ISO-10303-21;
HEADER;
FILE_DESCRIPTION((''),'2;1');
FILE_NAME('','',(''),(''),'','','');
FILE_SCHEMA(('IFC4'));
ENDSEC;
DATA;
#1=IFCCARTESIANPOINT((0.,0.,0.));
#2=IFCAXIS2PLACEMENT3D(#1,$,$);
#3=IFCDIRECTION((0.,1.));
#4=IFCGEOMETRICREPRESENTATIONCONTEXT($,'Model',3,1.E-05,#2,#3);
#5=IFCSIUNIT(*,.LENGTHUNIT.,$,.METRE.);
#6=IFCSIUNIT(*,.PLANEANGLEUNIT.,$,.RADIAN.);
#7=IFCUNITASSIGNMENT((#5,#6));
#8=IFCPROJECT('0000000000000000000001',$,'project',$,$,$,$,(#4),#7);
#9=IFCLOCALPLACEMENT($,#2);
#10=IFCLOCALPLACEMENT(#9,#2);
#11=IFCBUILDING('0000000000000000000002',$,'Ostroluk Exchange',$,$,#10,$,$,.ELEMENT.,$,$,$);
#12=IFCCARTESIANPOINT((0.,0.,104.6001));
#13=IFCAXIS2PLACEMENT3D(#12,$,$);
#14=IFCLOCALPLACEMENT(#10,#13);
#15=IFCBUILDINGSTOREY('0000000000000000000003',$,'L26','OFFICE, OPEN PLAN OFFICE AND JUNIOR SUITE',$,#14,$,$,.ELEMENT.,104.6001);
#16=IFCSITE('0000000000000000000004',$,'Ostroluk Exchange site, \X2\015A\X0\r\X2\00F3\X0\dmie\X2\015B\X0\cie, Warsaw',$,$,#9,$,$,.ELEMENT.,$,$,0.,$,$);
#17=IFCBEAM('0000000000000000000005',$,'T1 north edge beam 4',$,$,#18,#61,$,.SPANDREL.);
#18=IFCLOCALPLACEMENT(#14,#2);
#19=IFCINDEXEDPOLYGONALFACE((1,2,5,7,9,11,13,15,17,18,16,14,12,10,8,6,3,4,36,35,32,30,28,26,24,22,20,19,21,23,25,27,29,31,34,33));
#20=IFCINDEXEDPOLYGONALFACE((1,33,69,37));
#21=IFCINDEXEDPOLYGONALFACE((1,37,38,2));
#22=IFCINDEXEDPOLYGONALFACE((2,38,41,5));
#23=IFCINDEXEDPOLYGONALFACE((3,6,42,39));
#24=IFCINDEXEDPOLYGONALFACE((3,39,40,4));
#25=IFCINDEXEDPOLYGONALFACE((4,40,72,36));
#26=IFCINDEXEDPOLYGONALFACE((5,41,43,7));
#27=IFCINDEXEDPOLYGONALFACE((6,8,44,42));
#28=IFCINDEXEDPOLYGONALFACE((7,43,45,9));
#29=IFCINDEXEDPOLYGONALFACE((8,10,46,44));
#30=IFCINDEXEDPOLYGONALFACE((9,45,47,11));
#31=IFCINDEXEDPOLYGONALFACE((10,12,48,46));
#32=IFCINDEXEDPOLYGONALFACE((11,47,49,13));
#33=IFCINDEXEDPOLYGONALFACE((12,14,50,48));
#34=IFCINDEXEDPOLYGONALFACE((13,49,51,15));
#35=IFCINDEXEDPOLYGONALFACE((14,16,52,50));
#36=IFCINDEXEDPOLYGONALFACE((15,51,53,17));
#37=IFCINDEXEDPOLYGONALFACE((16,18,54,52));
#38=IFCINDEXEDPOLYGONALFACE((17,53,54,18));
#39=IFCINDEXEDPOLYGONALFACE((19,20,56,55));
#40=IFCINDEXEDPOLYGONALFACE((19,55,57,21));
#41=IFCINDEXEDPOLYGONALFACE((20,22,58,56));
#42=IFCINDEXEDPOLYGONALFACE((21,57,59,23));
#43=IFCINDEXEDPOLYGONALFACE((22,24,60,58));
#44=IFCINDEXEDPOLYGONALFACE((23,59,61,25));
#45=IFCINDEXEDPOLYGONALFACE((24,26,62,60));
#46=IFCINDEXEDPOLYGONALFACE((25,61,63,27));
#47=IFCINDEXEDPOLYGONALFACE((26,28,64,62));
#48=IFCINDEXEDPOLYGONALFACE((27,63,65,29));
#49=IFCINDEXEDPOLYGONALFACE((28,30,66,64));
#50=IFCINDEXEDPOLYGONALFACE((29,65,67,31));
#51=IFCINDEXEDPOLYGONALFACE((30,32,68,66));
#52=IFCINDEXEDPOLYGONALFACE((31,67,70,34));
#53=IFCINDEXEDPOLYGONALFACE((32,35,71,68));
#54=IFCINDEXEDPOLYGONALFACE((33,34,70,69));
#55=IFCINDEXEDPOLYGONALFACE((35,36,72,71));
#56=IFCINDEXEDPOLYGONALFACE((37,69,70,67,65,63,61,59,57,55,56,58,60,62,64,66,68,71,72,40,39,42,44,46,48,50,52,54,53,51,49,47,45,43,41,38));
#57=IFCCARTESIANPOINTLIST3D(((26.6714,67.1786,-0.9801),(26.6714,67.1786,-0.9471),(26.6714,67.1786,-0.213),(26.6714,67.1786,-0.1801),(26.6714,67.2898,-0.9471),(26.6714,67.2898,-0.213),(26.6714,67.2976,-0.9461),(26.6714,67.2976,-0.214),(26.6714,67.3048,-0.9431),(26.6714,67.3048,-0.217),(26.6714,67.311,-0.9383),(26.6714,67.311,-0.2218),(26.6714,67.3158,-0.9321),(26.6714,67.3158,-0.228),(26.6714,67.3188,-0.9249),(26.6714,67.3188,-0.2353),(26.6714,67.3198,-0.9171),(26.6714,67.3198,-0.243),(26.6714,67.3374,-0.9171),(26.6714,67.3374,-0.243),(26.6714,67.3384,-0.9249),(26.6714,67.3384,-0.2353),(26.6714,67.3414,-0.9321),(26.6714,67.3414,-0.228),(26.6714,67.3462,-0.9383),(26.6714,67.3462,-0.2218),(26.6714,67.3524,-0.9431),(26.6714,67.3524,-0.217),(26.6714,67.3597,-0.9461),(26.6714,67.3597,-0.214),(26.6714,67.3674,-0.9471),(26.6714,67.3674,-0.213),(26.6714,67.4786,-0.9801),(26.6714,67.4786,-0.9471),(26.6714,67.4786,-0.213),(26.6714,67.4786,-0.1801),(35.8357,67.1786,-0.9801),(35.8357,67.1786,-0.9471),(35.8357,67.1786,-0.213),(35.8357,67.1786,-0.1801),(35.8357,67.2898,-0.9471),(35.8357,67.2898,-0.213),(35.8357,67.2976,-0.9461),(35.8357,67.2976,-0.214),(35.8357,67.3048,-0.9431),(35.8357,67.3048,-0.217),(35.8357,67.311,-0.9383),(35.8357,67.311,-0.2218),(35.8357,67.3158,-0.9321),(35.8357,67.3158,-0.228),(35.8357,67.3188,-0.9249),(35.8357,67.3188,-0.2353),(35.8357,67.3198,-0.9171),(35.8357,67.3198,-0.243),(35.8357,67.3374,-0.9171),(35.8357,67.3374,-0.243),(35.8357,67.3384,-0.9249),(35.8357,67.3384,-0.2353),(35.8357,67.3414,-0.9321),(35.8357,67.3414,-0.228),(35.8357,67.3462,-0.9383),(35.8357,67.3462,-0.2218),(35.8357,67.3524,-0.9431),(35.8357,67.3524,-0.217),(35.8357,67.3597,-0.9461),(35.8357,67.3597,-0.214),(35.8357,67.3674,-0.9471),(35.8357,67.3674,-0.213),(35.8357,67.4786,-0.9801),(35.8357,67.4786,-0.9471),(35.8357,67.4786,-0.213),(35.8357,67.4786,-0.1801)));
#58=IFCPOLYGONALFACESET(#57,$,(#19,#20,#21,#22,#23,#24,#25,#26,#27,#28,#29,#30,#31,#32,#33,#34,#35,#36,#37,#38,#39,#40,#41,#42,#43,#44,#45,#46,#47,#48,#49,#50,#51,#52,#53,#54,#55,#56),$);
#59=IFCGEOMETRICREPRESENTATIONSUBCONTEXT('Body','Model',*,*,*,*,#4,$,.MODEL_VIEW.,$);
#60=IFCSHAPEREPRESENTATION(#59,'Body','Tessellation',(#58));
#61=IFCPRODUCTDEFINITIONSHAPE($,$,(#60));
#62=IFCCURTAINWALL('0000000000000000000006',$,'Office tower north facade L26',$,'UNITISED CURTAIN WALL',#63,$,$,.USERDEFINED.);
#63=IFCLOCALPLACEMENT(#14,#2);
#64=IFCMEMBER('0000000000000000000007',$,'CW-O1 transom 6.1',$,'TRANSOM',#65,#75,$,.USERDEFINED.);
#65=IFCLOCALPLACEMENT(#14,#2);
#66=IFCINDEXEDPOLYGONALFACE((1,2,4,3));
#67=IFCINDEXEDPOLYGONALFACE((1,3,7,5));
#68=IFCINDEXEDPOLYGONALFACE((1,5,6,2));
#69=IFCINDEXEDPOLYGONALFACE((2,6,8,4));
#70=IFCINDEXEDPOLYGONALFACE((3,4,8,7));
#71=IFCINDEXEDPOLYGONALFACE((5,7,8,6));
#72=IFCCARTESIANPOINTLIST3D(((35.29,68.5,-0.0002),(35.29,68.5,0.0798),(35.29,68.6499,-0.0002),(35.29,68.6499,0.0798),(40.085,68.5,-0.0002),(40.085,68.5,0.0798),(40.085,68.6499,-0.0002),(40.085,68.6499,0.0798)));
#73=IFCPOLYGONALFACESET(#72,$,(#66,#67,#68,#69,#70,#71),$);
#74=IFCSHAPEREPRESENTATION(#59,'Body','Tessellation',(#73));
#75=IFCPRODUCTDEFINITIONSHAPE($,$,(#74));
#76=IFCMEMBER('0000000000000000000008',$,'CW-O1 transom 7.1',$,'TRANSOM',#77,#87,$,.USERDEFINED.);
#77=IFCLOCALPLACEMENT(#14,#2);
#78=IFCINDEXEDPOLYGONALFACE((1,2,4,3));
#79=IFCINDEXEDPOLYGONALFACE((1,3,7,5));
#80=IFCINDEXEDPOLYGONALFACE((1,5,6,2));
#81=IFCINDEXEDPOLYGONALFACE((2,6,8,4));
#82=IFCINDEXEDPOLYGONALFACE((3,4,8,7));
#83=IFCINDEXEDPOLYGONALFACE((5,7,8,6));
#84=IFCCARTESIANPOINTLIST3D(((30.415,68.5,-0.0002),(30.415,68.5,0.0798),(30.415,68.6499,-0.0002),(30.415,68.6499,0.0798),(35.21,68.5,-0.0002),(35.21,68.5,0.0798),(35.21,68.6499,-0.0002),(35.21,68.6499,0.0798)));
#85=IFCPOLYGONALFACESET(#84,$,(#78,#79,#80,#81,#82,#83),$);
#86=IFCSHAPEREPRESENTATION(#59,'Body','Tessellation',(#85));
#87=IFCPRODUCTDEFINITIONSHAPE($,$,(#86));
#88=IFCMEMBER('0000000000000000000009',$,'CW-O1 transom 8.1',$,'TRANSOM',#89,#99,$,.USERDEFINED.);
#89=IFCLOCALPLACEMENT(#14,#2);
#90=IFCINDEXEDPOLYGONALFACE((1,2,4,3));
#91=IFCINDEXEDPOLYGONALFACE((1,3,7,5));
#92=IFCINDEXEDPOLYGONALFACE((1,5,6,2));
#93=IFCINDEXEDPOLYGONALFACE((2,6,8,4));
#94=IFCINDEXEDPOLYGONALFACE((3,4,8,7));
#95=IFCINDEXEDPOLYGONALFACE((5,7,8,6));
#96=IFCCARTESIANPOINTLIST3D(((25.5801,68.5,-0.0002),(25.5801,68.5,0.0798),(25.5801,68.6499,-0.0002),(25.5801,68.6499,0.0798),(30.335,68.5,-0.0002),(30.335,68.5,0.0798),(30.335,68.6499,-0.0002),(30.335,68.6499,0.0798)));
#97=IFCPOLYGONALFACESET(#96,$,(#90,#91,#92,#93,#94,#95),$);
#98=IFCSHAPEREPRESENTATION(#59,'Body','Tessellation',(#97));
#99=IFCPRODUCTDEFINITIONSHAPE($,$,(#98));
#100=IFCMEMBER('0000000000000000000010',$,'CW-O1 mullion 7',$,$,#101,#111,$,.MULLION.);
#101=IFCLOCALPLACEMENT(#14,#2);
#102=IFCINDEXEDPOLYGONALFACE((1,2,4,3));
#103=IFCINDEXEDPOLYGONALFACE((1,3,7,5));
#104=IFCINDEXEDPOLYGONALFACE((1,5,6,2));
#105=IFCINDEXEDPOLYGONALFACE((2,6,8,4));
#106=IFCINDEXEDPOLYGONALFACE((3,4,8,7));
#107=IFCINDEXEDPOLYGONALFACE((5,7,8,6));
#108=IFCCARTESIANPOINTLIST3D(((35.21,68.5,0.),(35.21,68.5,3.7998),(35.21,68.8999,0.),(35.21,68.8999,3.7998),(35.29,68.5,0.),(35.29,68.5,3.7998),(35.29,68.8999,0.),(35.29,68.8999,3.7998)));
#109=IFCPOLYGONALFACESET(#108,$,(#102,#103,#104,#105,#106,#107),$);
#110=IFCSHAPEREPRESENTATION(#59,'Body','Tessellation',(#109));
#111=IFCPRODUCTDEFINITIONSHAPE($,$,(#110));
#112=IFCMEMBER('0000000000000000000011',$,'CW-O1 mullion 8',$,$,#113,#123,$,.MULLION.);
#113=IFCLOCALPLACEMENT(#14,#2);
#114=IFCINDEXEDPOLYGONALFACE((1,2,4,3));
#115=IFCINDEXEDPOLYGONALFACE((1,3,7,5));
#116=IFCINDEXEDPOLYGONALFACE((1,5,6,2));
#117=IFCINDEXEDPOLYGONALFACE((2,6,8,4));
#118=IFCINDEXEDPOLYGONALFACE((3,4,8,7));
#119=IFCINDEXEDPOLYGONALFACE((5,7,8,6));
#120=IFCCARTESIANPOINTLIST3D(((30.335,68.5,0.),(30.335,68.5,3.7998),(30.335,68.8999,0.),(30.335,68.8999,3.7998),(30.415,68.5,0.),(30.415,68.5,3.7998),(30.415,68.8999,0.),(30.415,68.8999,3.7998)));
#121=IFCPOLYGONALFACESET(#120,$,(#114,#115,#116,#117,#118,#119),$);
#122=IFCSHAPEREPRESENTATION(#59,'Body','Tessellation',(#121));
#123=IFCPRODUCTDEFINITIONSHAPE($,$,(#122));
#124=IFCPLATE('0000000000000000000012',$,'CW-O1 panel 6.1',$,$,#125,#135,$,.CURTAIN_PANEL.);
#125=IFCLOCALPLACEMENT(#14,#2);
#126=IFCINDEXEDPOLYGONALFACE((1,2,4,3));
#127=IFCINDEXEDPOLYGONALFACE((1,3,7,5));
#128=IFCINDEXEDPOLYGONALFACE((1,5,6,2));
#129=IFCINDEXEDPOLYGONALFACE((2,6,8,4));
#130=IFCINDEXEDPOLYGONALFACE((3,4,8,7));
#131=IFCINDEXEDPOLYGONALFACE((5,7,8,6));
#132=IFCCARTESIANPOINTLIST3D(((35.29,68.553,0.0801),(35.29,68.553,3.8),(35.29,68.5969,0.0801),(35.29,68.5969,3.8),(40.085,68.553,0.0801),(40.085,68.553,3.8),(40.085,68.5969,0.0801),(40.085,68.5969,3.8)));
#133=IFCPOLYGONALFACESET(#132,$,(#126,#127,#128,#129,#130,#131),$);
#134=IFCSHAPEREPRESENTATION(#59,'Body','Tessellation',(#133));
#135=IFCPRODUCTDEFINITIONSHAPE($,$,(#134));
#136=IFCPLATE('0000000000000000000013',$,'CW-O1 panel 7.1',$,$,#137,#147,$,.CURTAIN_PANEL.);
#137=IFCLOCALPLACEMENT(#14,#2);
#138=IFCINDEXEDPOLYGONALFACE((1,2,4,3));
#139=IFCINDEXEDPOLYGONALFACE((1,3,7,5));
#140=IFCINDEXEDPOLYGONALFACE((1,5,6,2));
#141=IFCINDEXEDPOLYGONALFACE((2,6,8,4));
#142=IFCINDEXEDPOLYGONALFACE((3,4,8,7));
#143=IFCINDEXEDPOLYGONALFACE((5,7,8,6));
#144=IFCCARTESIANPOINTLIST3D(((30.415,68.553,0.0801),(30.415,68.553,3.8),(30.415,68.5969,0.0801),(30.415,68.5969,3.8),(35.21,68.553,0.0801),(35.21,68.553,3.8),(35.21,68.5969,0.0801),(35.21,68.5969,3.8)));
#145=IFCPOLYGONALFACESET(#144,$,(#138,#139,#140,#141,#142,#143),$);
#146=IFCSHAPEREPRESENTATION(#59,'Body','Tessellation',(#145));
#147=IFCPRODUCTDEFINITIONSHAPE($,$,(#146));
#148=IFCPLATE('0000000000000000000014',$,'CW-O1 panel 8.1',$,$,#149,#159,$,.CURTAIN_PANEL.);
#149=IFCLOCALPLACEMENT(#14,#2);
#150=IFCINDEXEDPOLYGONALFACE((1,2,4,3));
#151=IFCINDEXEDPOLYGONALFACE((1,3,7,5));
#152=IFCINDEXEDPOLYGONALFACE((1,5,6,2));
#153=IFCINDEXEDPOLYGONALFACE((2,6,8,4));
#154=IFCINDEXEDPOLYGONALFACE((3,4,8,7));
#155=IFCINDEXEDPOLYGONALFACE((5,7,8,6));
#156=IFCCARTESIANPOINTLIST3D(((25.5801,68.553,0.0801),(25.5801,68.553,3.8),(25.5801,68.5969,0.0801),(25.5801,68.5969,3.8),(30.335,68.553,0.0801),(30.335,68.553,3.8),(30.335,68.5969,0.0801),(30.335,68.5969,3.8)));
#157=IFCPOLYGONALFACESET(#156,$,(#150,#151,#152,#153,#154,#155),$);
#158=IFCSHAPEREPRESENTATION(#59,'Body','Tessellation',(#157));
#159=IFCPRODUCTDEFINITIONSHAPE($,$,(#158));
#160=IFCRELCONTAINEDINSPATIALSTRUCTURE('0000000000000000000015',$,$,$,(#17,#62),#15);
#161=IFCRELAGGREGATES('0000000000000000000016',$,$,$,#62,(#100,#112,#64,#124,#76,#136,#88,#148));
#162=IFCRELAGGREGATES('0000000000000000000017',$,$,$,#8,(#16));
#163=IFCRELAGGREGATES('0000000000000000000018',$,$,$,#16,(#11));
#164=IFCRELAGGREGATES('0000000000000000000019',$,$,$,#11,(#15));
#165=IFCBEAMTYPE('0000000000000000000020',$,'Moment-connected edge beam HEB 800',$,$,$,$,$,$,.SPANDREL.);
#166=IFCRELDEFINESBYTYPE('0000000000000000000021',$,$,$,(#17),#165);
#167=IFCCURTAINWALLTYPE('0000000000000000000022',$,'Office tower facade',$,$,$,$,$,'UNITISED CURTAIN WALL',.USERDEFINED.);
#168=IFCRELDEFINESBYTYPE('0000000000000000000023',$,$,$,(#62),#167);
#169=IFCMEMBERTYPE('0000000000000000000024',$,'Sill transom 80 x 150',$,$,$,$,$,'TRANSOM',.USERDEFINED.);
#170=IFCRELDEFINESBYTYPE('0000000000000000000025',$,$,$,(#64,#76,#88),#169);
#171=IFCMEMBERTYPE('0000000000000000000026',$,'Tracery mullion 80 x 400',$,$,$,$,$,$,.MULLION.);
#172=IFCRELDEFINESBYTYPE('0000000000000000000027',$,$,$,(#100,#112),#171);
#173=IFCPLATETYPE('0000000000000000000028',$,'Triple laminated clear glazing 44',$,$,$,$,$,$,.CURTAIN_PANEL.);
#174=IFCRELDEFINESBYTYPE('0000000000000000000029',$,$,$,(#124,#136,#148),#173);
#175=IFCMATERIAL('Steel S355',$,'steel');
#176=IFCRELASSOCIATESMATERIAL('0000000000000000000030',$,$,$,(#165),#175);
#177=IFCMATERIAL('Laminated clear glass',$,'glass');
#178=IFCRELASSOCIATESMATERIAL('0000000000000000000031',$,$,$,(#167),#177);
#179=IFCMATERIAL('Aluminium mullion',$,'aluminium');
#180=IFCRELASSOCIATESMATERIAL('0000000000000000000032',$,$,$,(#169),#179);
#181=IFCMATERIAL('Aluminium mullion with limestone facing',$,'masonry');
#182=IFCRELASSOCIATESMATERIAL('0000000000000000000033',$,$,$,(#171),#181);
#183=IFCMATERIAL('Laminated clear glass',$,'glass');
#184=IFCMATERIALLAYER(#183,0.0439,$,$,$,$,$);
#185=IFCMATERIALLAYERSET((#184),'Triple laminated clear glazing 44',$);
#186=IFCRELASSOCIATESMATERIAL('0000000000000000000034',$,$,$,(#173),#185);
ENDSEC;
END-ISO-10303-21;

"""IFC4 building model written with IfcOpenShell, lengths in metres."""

from ifc_helpers import new_model, si_unit, direction, frame, origin, origin_2d, place, context, subcontext, project, spatial, rectangle, i_section, extrude, material, layer, layer_set, material_profile, profile_set, type_object, element, aggregate, save


model = new_model("IFC4")

# Units and contexts
model_context = context("Model", 3, precision=1e-05, world=origin(), true_north=direction((0.0, 1.0)))
body_context = subcontext(model_context, "Body", "Model", "MODEL_VIEW")
ifc_project = project(units=[si_unit("LENGTHUNIT", "METRE"), si_unit("PLANEANGLEUNIT", "RADIAN")], contexts=[model_context])

# Site, building, storey
site_placement = place(None, origin())
site = spatial("IfcSite", under=ifc_project, at=site_placement, Name="Ostroluk Exchange site, Śródmieście, Warsaw", CompositionType="ELEMENT", RefElevation=0.0)
building_placement = place(site_placement, origin())
building = spatial("IfcBuilding", under=site, at=building_placement, Name="Ostroluk Exchange", CompositionType="ELEMENT")
storey_placement = place(building_placement, frame((0.0, 0.0, 104.6001)))
storey = spatial("IfcBuildingStorey", under=building, at=storey_placement, Name="L26", Description="OFFICE, OPEN PLAN OFFICE AND JUNIOR SUITE", CompositionType="ELEMENT", Elevation=104.6001)

# Beam
ifc_material_1 = material(Name="Steel S355", Category="steel")
ifc_material_profile_1 = material_profile(ifc_material_1, i_section(OverallWidth=0.3, OverallDepth=0.8, WebThickness=0.0176, FlangeThickness=0.033, FilletRadius=0.03, at=origin_2d()), Name="HEB 800")
ifc_profile_set_1 = profile_set([ifc_material_profile_1], Name="Steel S355")
beam_type_1 = type_object("IfcBeamType", Name="Moment-connected edge beam HEB 800", PredefinedType="SPANDREL", material=ifc_profile_set_1)
beam_1_placement = place(storey_placement, frame((35.8357, 67.3286, -0.5801), z_axis=(-1.0, 0.0, 0.0), x_axis=(0.0, -1.0, 0.0)))
element("IfcBeam", 1, at=beam_1_placement, inside=storey, type_object=beam_type_1, Name="T1 north edge beam 4", PredefinedType="SPANDREL", context=body_context, shape_type="SweptSolid", body=[
    extrude(i_section(OverallWidth=0.3, OverallDepth=0.8, WebThickness=0.0176, FlangeThickness=0.033, FilletRadius=0.03, at=origin_2d()), origin(), (0.0, 0.0, 1.0), 9.1643),
])

# Curtain wall, members, plates
ifc_material_2 = material(Name="Laminated clear glass", Category="glass")
curtain_wall_type = type_object("IfcCurtainWallType", Name="Office tower facade", ElementType="UNITISED CURTAIN WALL", PredefinedType="USERDEFINED", material=ifc_material_2)
curtain_wall_placement = place(storey_placement, origin())
curtain_wall = element("IfcCurtainWall", 2, at=curtain_wall_placement, inside=storey, type_object=curtain_wall_type, Name="Office tower north facade L26", ObjectType="UNITISED CURTAIN WALL", PredefinedType="USERDEFINED")
ifc_material_3 = material(Name="Aluminium mullion", Category="aluminium")
ifc_material_profile_2 = material_profile(ifc_material_3, rectangle(XDim=0.1499, YDim=0.0801, at=origin_2d()), Name="Sill transom 80 x 150")
ifc_profile_set_2 = profile_set([ifc_material_profile_2], Name="Aluminium mullion")
member_type_1 = type_object("IfcMemberType", Name="Sill transom 80 x 150", ElementType="TRANSOM", PredefinedType="USERDEFINED", material=ifc_profile_set_2)
member_1_placement = place(storey_placement, frame((40.085, 68.575, 0.0398), z_axis=(-1.0, 0.0, 0.0), x_axis=(0.0, -1.0, 0.0)))
member_1 = element("IfcMember", 3, at=member_1_placement, type_object=member_type_1, Name="CW-O1 transom 6.1", ObjectType="TRANSOM", PredefinedType="USERDEFINED", context=body_context, shape_type="SweptSolid", body=[
    extrude(rectangle(XDim=0.1499, YDim=0.0801, at=origin_2d()), origin(), (0.0, 0.0, 1.0), 4.7949),
])
member_2_placement = place(storey_placement, frame((35.21, 68.575, 0.0398), z_axis=(-1.0, 0.0, 0.0), x_axis=(0.0, -1.0, 0.0)))
member_2 = element("IfcMember", 4, at=member_2_placement, type_object=member_type_1, Name="CW-O1 transom 7.1", ObjectType="TRANSOM", PredefinedType="USERDEFINED", context=body_context, shape_type="SweptSolid", body=[
    extrude(rectangle(XDim=0.1499, YDim=0.0801, at=origin_2d()), origin(), (0.0, 0.0, 1.0), 4.7949),
])
member_3_placement = place(storey_placement, frame((30.335, 68.575, 0.0398), z_axis=(-1.0, 0.0, 0.0), x_axis=(0.0, -1.0, 0.0)))
member_3 = element("IfcMember", 5, at=member_3_placement, type_object=member_type_1, Name="CW-O1 transom 8.1", ObjectType="TRANSOM", PredefinedType="USERDEFINED", context=body_context, shape_type="SweptSolid", body=[
    extrude(rectangle(XDim=0.1499, YDim=0.0801, at=origin_2d()), origin(), (0.0, 0.0, 1.0), 4.7549),
])
ifc_material_4 = material(Name="Aluminium mullion with limestone facing", Category="masonry")
ifc_material_profile_3 = material_profile(ifc_material_4, rectangle(XDim=0.3999, YDim=0.0801, at=origin_2d()), Name="Tracery mullion 80 x 400")
ifc_profile_set_3 = profile_set([ifc_material_profile_3], Name="Aluminium mullion with limestone facing")
member_type_2 = type_object("IfcMemberType", Name="Tracery mullion 80 x 400", PredefinedType="MULLION", material=ifc_profile_set_3)
member_4_placement = place(storey_placement, frame((35.25, 68.7, 0.0), z_axis=(0.0, 0.0, 1.0), x_axis=(0.0, -1.0, 0.0)))
member_4 = element("IfcMember", 6, at=member_4_placement, type_object=member_type_2, Name="CW-O1 mullion 7", PredefinedType="MULLION", context=body_context, shape_type="SweptSolid", body=[
    extrude(rectangle(XDim=0.3999, YDim=0.0801, at=origin_2d()), origin(), (0.0, 0.0, 1.0), 3.7998),
])
member_5_placement = place(storey_placement, frame((30.375, 68.7, 0.0), z_axis=(0.0, 0.0, 1.0), x_axis=(0.0, -1.0, 0.0)))
member_5 = element("IfcMember", 7, at=member_5_placement, type_object=member_type_2, Name="CW-O1 mullion 8", PredefinedType="MULLION", context=body_context, shape_type="SweptSolid", body=[
    extrude(rectangle(XDim=0.3999, YDim=0.0801, at=origin_2d()), origin(), (0.0, 0.0, 1.0), 3.7998),
])
ifc_material_5 = material(Name="Laminated clear glass", Category="glass")
ifc_layer_1 = layer(ifc_material_5, 0.0439)
ifc_layer_set_1 = layer_set([ifc_layer_1], Name="Triple laminated clear glazing 44")
plate_type = type_object("IfcPlateType", Name="Triple laminated clear glazing 44", PredefinedType="CURTAIN_PANEL", material=ifc_layer_set_1)
plate_1_placement = place(storey_placement, frame((37.6875, 68.575, 0.0801), z_axis=(0.0, 0.0, 1.0), x_axis=(-1.0, 0.0, 0.0)))
plate_1 = element("IfcPlate", 8, at=plate_1_placement, type_object=plate_type, Name="CW-O1 panel 6.1", PredefinedType="CURTAIN_PANEL", context=body_context, shape_type="SweptSolid", body=[
    extrude(rectangle(XDim=4.7949, YDim=0.0439, at=origin_2d()), origin(), (0.0, 0.0, 1.0), 3.72),
])
plate_2_placement = place(storey_placement, frame((32.8125, 68.575, 0.0801), z_axis=(0.0, 0.0, 1.0), x_axis=(-1.0, 0.0, 0.0)))
plate_2 = element("IfcPlate", 9, at=plate_2_placement, type_object=plate_type, Name="CW-O1 panel 7.1", PredefinedType="CURTAIN_PANEL", context=body_context, shape_type="SweptSolid", body=[
    extrude(rectangle(XDim=4.7949, YDim=0.0439, at=origin_2d()), origin(), (0.0, 0.0, 1.0), 3.72),
])
plate_3_placement = place(storey_placement, frame((27.9575, 68.575, 0.0801), z_axis=(0.0, 0.0, 1.0), x_axis=(-1.0, 0.0, 0.0)))
plate_3 = element("IfcPlate", 10, at=plate_3_placement, type_object=plate_type, Name="CW-O1 panel 8.1", PredefinedType="CURTAIN_PANEL", context=body_context, shape_type="SweptSolid", body=[
    extrude(rectangle(XDim=4.7549, YDim=0.0439, at=origin_2d()), origin(), (0.0, 0.0, 1.0), 3.72),
])
aggregate(curtain_wall, [member_4, member_5, member_1, plate_1, member_2, plate_2, member_3, plate_3])

save(model, "model.ifc")
